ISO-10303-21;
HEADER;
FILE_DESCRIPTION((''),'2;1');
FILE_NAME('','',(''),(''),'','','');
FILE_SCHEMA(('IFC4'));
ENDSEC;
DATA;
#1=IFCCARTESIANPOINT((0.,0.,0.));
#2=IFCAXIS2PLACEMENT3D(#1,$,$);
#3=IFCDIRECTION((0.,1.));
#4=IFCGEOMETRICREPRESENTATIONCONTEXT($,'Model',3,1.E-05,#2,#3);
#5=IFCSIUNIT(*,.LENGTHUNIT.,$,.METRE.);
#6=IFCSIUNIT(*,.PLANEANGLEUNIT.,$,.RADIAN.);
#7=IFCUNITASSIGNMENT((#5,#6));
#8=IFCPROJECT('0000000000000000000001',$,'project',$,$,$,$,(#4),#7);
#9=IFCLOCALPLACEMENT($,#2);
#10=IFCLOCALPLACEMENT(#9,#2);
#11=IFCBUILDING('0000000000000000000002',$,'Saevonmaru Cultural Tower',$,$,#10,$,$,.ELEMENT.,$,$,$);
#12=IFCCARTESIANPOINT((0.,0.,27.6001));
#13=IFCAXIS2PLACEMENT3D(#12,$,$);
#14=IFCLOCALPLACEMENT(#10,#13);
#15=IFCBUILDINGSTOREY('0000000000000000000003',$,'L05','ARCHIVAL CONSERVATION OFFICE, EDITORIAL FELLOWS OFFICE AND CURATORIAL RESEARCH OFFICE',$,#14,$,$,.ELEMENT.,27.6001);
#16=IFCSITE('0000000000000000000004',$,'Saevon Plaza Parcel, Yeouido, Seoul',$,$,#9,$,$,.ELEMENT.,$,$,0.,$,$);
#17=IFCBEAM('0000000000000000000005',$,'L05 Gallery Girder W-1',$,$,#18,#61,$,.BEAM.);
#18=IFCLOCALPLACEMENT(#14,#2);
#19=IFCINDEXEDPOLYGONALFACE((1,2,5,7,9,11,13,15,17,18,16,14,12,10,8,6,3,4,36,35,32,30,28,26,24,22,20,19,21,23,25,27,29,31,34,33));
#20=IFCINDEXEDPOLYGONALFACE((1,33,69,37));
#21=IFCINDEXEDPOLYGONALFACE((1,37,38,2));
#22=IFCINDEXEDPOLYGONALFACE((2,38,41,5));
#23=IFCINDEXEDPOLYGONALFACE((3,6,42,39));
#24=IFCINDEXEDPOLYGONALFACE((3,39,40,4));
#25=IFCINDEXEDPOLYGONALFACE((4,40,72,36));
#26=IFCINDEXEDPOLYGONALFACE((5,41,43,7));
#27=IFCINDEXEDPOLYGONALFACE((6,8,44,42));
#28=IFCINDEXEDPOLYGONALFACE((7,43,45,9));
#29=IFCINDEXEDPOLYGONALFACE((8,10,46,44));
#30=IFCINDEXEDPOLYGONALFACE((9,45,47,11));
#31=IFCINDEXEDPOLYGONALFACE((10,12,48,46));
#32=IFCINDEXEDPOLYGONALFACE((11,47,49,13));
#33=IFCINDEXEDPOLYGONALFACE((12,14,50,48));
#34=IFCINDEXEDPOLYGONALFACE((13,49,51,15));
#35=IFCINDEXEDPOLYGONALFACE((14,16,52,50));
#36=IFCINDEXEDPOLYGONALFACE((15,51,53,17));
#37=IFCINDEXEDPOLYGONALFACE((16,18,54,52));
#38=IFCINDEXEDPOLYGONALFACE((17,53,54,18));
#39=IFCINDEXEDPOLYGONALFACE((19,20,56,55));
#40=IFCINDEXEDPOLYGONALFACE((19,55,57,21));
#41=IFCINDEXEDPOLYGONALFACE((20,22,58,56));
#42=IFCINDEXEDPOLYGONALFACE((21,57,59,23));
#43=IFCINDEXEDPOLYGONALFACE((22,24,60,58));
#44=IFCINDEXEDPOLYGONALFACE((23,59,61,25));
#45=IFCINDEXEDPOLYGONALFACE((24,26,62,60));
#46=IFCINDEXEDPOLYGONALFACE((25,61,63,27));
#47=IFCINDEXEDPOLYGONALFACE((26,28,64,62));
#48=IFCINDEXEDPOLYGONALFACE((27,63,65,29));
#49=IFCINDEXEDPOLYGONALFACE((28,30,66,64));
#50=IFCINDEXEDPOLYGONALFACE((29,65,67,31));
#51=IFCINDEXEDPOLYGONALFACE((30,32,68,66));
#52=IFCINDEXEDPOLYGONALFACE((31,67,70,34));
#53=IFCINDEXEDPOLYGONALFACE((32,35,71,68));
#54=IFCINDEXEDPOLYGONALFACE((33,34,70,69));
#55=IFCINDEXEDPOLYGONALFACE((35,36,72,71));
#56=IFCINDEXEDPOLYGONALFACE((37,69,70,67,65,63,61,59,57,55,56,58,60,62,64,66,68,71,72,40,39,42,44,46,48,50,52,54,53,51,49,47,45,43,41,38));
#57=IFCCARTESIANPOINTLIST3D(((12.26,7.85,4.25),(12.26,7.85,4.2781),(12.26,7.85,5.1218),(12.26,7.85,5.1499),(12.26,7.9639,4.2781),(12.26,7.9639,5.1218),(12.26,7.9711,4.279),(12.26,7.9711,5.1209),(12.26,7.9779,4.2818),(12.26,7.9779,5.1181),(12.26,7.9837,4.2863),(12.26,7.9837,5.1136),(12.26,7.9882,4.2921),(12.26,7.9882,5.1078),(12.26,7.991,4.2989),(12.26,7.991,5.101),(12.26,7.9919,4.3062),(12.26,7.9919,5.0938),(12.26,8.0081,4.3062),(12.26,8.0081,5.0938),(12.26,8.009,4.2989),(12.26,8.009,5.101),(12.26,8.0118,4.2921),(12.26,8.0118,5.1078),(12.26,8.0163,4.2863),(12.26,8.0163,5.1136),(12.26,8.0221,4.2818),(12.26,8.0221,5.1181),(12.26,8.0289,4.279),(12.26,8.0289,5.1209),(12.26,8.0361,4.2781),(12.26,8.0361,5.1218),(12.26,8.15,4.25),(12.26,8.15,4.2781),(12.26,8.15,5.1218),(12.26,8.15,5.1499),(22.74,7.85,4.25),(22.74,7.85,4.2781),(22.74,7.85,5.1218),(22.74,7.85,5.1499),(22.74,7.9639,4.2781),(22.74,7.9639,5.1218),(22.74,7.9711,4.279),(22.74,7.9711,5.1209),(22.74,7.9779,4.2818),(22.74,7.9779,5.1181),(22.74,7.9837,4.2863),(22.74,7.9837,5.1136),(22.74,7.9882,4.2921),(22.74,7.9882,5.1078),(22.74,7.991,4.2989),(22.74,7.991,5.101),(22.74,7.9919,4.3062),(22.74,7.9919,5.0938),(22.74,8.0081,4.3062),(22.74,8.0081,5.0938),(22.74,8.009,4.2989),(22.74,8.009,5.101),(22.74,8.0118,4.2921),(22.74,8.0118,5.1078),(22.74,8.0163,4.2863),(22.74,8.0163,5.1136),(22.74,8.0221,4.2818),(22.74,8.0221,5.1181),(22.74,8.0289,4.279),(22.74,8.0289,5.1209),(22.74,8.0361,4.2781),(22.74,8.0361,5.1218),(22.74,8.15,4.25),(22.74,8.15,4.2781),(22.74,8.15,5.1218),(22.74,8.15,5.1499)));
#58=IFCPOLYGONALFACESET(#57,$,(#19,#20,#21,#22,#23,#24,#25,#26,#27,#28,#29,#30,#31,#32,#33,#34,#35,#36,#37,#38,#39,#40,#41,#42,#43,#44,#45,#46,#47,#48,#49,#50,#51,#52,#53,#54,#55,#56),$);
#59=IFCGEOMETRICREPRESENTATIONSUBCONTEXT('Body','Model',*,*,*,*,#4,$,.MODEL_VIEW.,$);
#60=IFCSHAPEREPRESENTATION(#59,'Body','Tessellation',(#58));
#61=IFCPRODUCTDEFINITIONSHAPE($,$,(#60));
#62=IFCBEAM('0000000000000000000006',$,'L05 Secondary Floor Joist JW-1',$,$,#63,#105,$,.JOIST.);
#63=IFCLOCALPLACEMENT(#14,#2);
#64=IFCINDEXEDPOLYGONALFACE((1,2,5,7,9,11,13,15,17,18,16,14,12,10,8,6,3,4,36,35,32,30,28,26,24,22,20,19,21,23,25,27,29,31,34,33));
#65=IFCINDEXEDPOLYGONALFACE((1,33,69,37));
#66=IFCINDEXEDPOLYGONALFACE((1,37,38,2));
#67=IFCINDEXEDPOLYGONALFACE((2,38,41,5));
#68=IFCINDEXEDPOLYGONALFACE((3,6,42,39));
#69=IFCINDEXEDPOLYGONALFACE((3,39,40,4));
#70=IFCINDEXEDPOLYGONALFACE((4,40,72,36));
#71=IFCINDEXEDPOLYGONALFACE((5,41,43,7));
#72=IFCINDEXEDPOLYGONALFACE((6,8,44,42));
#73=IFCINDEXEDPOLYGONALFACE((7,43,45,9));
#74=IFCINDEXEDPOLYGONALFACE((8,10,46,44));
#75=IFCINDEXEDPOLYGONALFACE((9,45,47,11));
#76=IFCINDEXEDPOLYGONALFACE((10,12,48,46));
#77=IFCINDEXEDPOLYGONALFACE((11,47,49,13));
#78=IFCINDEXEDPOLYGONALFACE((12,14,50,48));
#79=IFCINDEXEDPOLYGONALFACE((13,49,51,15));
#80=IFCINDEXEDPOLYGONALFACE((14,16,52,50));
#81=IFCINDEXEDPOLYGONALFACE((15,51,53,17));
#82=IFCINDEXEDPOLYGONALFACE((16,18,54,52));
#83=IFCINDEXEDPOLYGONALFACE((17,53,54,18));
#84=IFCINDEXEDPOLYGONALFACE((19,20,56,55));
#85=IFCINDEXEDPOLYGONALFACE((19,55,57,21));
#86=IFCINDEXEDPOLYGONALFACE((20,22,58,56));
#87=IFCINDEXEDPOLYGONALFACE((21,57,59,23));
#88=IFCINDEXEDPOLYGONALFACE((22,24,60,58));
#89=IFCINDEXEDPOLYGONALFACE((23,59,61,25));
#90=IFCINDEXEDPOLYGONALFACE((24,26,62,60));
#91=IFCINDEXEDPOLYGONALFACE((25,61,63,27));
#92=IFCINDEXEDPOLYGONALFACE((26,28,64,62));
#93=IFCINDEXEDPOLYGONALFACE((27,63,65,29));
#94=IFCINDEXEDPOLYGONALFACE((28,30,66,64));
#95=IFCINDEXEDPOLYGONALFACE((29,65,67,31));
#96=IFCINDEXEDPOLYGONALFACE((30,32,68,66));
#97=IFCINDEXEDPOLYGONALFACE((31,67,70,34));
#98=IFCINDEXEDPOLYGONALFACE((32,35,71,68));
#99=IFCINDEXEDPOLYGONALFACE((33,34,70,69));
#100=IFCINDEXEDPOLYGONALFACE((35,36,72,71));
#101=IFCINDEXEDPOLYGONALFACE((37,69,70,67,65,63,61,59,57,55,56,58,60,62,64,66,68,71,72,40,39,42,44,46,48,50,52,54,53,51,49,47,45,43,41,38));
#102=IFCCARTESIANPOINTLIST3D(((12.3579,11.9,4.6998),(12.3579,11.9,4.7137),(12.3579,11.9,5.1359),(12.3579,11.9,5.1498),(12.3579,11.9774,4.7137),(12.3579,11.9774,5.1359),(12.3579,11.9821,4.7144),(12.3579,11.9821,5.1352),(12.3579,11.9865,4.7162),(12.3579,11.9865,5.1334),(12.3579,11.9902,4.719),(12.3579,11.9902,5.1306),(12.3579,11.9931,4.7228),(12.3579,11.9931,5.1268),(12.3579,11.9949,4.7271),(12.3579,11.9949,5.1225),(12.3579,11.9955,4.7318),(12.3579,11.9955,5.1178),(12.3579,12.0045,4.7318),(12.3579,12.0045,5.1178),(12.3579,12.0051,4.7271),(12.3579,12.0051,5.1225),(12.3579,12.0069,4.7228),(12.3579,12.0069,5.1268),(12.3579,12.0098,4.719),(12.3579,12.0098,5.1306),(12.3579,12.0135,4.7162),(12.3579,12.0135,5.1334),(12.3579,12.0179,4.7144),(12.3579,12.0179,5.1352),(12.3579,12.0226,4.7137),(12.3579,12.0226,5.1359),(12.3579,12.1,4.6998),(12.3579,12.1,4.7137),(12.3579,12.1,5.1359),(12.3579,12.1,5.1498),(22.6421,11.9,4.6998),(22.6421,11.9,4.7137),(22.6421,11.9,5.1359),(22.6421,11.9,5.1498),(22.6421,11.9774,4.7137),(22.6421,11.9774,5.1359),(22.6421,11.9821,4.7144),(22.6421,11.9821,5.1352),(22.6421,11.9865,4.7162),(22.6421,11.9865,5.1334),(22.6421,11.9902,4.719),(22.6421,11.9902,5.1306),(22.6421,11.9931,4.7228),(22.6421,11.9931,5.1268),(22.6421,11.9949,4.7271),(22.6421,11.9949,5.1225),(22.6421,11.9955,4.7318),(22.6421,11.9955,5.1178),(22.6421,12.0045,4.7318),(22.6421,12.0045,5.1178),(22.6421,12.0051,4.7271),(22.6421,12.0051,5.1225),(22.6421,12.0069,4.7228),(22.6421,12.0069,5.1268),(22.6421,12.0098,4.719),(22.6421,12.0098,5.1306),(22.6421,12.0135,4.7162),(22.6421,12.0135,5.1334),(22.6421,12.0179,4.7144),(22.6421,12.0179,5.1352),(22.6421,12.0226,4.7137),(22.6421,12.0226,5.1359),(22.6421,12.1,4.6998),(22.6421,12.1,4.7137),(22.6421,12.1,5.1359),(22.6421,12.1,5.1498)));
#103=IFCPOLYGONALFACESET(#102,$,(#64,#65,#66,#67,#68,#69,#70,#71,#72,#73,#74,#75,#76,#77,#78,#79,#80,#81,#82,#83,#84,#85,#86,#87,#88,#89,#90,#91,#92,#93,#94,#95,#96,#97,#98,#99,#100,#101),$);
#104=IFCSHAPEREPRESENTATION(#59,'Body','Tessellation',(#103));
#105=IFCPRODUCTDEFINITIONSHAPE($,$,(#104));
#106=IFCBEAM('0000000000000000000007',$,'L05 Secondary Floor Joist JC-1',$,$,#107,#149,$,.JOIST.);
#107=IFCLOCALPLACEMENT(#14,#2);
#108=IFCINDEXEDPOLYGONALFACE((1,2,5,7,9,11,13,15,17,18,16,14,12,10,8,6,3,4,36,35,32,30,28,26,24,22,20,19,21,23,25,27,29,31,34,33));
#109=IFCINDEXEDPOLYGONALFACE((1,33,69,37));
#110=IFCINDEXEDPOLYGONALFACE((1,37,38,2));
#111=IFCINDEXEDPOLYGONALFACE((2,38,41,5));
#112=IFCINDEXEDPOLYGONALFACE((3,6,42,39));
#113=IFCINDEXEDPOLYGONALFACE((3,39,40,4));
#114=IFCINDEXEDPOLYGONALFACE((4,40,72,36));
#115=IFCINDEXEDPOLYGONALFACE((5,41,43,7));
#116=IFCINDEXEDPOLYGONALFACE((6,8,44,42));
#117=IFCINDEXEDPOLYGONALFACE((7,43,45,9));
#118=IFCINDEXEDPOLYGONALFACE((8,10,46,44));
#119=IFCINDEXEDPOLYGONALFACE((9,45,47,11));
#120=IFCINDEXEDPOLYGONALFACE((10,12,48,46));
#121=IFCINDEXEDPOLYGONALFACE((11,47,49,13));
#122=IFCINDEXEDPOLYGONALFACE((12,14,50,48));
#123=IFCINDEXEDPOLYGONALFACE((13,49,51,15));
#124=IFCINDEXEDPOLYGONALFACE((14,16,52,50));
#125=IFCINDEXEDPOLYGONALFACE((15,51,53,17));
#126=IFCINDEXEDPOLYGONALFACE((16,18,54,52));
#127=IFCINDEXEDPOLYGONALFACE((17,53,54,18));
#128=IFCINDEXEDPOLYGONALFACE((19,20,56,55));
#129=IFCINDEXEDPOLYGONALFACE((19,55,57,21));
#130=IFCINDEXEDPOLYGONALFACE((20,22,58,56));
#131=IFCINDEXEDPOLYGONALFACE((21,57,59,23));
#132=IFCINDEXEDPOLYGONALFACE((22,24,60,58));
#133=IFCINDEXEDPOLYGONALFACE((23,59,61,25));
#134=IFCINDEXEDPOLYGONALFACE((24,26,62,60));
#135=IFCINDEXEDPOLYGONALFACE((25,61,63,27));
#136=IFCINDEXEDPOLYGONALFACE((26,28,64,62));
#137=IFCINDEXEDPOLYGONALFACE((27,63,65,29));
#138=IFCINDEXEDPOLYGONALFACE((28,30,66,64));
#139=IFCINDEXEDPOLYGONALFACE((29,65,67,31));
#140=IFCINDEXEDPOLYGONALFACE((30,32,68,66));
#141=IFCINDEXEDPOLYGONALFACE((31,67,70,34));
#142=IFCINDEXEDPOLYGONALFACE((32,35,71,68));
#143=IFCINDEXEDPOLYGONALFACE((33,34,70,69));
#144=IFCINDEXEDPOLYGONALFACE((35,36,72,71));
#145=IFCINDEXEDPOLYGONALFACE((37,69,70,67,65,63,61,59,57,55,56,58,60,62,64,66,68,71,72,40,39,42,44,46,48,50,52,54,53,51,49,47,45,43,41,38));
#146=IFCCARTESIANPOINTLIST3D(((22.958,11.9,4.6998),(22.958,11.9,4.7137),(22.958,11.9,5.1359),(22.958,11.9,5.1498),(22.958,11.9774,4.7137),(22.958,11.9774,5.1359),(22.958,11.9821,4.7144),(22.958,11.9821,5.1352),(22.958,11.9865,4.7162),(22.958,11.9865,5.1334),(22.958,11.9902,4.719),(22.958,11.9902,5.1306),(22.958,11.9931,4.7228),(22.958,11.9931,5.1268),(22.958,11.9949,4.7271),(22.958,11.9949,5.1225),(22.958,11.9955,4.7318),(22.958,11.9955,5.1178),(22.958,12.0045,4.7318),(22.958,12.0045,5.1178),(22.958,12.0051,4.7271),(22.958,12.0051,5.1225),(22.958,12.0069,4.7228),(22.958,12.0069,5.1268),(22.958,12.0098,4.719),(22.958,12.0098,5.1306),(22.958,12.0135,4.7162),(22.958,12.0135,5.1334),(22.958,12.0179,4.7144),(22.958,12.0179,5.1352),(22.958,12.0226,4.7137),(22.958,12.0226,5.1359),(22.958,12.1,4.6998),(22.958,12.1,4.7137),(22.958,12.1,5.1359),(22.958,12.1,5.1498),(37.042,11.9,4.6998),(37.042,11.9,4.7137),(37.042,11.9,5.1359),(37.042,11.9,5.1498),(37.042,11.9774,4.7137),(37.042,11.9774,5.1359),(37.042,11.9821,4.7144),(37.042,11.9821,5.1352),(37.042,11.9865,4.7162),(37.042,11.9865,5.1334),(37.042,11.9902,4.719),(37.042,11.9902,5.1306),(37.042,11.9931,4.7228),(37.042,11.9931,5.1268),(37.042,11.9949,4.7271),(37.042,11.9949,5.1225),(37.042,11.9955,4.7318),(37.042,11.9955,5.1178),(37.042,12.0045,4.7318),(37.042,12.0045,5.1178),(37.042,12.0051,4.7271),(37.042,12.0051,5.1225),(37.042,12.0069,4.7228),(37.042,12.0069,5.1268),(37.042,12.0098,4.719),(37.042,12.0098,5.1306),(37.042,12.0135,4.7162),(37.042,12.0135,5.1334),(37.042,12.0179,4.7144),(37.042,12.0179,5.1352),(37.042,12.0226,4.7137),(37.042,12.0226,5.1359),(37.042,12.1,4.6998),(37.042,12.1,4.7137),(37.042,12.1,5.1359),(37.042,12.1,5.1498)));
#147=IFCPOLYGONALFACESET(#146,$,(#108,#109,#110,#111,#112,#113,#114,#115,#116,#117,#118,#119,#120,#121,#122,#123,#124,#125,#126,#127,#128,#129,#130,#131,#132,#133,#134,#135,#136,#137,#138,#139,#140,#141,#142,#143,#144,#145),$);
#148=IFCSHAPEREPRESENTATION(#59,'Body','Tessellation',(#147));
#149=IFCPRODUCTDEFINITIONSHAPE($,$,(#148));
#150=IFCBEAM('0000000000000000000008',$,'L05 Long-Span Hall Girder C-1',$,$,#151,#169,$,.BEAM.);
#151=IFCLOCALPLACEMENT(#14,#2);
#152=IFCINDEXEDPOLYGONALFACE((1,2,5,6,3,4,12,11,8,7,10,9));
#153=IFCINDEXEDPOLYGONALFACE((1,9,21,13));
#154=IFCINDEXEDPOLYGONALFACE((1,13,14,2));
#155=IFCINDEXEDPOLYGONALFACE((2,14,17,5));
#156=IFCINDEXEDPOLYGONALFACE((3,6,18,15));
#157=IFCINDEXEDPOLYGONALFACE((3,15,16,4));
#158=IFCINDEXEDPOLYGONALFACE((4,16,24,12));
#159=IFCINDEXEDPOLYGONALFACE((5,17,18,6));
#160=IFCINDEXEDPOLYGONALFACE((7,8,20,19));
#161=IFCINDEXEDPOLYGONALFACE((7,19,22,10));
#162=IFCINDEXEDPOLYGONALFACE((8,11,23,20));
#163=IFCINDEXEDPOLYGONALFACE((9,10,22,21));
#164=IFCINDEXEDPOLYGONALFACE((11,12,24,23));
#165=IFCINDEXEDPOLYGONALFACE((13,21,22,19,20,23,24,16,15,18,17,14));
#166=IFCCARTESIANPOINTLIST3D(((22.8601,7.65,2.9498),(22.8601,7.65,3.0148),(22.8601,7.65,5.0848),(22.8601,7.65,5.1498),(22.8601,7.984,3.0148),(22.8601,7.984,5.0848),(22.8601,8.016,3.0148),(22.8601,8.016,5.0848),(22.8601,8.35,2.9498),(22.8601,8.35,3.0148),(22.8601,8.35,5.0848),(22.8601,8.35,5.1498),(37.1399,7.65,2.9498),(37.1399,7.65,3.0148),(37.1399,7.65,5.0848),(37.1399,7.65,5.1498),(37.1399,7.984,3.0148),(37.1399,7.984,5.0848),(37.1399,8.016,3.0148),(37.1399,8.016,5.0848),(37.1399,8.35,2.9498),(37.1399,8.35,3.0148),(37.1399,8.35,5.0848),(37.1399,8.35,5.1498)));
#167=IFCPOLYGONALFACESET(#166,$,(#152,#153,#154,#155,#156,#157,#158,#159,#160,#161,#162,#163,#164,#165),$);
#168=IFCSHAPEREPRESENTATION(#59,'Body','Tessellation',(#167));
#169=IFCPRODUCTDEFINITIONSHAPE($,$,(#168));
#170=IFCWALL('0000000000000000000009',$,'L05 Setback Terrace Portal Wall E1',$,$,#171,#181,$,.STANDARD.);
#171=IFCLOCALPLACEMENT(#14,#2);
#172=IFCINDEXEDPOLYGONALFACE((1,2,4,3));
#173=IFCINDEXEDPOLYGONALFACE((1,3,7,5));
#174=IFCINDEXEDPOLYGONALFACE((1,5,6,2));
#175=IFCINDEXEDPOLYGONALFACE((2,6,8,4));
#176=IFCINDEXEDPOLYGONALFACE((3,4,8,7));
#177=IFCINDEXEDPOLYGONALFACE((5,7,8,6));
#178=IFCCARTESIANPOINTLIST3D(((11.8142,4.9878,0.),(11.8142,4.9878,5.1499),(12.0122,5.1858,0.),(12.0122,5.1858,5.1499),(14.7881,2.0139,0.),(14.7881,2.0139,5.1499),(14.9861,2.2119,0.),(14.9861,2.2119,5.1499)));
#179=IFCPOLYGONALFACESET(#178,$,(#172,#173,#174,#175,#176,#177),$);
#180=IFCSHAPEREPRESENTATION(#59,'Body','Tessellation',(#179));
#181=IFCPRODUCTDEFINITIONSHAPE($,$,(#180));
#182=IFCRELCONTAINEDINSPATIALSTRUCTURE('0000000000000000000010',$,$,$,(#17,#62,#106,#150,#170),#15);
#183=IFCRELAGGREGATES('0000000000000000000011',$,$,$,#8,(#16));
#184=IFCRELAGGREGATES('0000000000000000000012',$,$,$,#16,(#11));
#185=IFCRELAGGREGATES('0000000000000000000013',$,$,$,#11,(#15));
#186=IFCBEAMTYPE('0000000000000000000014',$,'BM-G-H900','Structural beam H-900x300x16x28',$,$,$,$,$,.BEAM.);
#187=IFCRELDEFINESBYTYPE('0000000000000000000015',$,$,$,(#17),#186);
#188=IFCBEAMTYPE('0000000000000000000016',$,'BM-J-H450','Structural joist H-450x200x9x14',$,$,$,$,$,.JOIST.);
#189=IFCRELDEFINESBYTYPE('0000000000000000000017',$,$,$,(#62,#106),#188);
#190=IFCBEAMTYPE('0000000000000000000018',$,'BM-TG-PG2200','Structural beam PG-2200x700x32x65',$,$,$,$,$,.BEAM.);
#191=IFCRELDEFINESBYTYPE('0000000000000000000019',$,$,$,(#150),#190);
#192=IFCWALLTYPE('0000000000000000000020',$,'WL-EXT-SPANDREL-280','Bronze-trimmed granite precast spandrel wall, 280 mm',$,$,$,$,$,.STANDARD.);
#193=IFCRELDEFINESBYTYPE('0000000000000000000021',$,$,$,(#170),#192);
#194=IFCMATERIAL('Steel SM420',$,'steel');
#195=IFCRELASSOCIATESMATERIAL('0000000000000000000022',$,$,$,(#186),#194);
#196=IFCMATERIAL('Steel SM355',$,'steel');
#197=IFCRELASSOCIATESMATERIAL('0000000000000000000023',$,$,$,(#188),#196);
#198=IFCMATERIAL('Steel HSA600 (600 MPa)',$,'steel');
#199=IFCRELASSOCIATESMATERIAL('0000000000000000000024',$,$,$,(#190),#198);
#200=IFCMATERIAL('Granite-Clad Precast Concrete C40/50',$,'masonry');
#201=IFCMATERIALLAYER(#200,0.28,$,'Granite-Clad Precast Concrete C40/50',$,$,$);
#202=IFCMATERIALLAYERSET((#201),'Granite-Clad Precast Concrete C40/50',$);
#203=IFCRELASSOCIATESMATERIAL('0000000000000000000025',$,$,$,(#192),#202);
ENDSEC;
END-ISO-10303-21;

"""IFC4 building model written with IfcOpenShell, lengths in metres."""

from ifc_helpers import new_model, si_unit, direction, frame, frame_2d, origin, origin_2d, place, context, subcontext, project, spatial, rectangle, i_section, extrude, material, layer, layer_set, material_profile, profile_set, type_object, element, save


model = new_model("IFC4")

# Units and contexts
model_context = context("Model", 3, precision=1e-05, world=origin(), true_north=direction((0.0, 1.0)))
body_context = subcontext(model_context, "Body", "Model", "MODEL_VIEW")
ifc_project = project(units=[si_unit("LENGTHUNIT", "METRE"), si_unit("PLANEANGLEUNIT", "RADIAN")], contexts=[model_context])

# Site, building, storey
site_placement = place(None, origin())
site = spatial("IfcSite", under=ifc_project, at=site_placement, Name="Saevon Plaza Parcel, Yeouido, Seoul", CompositionType="ELEMENT", RefElevation=0.0)
building_placement = place(site_placement, origin())
building = spatial("IfcBuilding", under=site, at=building_placement, Name="Saevonmaru Cultural Tower", CompositionType="ELEMENT")
storey_placement = place(building_placement, frame((0.0, 0.0, 27.6001)))
storey = spatial("IfcBuildingStorey", under=building, at=storey_placement, Name="L05", Description="ARCHIVAL CONSERVATION OFFICE, EDITORIAL FELLOWS OFFICE AND CURATORIAL RESEARCH OFFICE", CompositionType="ELEMENT", Elevation=27.6001)

# Shared definitions
ifc_material_1 = material(Name="Steel SM420", Category="steel")
ifc_material_2 = material(Name="Steel HSA600 (600 MPa)", Category="steel")

# Beams
ifc_material_profile_1 = material_profile(ifc_material_1, i_section(OverallWidth=0.3, OverallDepth=0.8999, WebThickness=0.0161, FlangeThickness=0.0281, FilletRadius=0.0281, at=origin_2d()), Name="H-900x300x16x28")
ifc_profile_set_1 = profile_set([ifc_material_profile_1], Name="Steel SM420")
beam_type_1 = type_object("IfcBeamType", Name="BM-G-H900", Description="Structural beam H-900x300x16x28", PredefinedType="BEAM", material=ifc_profile_set_1)
beam_1_placement = place(storey_placement, frame((12.26, 8.0, 4.7), z_axis=(1.0, 0.0, 0.0), x_axis=(0.0, 1.0, 0.0)))
element("IfcBeam", 1, at=beam_1_placement, inside=storey, type_object=beam_type_1, Name="L05 Gallery Girder W-1", PredefinedType="BEAM", context=body_context, shape_type="SweptSolid", body=[
    extrude(i_section(OverallWidth=0.3, OverallDepth=0.8999, WebThickness=0.0161, FlangeThickness=0.0281, FilletRadius=0.0281, at=origin_2d()), origin(), (0.0, 0.0, 1.0), 10.48),
])
ifc_material_3 = material(Name="Steel SM355", Category="steel")
ifc_material_profile_2 = material_profile(ifc_material_3, i_section(OverallWidth=0.2, OverallDepth=0.45, WebThickness=0.009, FlangeThickness=0.0139, FilletRadius=0.0181, at=origin_2d()), Name="H-450x200x9x14")
ifc_profile_set_2 = profile_set([ifc_material_profile_2], Name="Steel SM355")
beam_type_2 = type_object("IfcBeamType", Name="BM-J-H450", Description="Structural joist H-450x200x9x14", PredefinedType="JOIST", material=ifc_profile_set_2)
beam_2_placement = place(storey_placement, frame((12.3579, 12.0, 4.9248), z_axis=(1.0, 0.0, 0.0), x_axis=(0.0, 1.0, 0.0)))
element("IfcBeam", 2, at=beam_2_placement, inside=storey, type_object=beam_type_2, Name="L05 Secondary Floor Joist JW-1", PredefinedType="JOIST", context=body_context, shape_type="SweptSolid", body=[
    extrude(i_section(OverallWidth=0.2, OverallDepth=0.45, WebThickness=0.009, FlangeThickness=0.0139, FilletRadius=0.0181, at=origin_2d()), origin(), (0.0, 0.0, 1.0), 10.2842),
])
beam_3_placement = place(storey_placement, frame((22.958, 12.0, 4.9248), z_axis=(1.0, 0.0, 0.0), x_axis=(0.0, 1.0, 0.0)))
element("IfcBeam", 3, at=beam_3_placement, inside=storey, type_object=beam_type_2, Name="L05 Secondary Floor Joist JC-1", PredefinedType="JOIST", context=body_context, shape_type="SweptSolid", body=[
    extrude(i_section(OverallWidth=0.2, OverallDepth=0.45, WebThickness=0.009, FlangeThickness=0.0139, FilletRadius=0.0181, at=origin_2d()), origin(), (0.0, 0.0, 1.0), 14.084),
])
ifc_material_profile_3 = material_profile(ifc_material_2, i_section(OverallWidth=0.7, OverallDepth=2.2, WebThickness=0.032, FlangeThickness=0.0649, at=origin_2d()), Name="PG-2200x700x32x65")
ifc_profile_set_3 = profile_set([ifc_material_profile_3], Name="Steel HSA600 (600 MPa)")
beam_type_3 = type_object("IfcBeamType", Name="BM-TG-PG2200", Description="Structural beam PG-2200x700x32x65", PredefinedType="BEAM", material=ifc_profile_set_3)
beam_4_placement = place(storey_placement, frame((22.8601, 8.0, 4.0498), z_axis=(1.0, 0.0, 0.0), x_axis=(0.0, 1.0, 0.0)))
element("IfcBeam", 4, at=beam_4_placement, inside=storey, type_object=beam_type_3, Name="L05 Long-Span Hall Girder C-1", PredefinedType="BEAM", context=body_context, shape_type="SweptSolid", body=[
    extrude(i_section(OverallWidth=0.7, OverallDepth=2.2, WebThickness=0.032, FlangeThickness=0.0649, at=origin_2d()), origin(), (0.0, 0.0, 1.0), 14.2798),
])

# Wall
ifc_material_4 = material(Name="Granite-Clad Precast Concrete C40/50", Category="masonry")
ifc_layer_1 = layer(ifc_material_4, 0.28, Name="Granite-Clad Precast Concrete C40/50")
ifc_layer_set_1 = layer_set([ifc_layer_1], Name="Granite-Clad Precast Concrete C40/50")
wall_type_1 = type_object("IfcWallType", Name="WL-EXT-SPANDREL-280", Description="Bronze-trimmed granite precast spandrel wall, 280 mm", PredefinedType="STANDARD", material=ifc_layer_set_1)
wall_1_placement = place(storey_placement, frame((11.9131, 5.0869, 0.0), z_axis=(0.0, 0.0, 1.0), x_axis=(0.707107, -0.707107, 0.0)))
element("IfcWall", 5, at=wall_1_placement, inside=storey, type_object=wall_type_1, Name="L05 Setback Terrace Portal Wall E1", PredefinedType="STANDARD", context=body_context, shape_type="SweptSolid", body=[
    extrude(rectangle(XDim=4.2058, YDim=0.28, at=frame_2d((2.103, 0.0))), origin(), (0.0, 0.0, 1.0), 5.1499),
])

save(model, "model.ifc")
